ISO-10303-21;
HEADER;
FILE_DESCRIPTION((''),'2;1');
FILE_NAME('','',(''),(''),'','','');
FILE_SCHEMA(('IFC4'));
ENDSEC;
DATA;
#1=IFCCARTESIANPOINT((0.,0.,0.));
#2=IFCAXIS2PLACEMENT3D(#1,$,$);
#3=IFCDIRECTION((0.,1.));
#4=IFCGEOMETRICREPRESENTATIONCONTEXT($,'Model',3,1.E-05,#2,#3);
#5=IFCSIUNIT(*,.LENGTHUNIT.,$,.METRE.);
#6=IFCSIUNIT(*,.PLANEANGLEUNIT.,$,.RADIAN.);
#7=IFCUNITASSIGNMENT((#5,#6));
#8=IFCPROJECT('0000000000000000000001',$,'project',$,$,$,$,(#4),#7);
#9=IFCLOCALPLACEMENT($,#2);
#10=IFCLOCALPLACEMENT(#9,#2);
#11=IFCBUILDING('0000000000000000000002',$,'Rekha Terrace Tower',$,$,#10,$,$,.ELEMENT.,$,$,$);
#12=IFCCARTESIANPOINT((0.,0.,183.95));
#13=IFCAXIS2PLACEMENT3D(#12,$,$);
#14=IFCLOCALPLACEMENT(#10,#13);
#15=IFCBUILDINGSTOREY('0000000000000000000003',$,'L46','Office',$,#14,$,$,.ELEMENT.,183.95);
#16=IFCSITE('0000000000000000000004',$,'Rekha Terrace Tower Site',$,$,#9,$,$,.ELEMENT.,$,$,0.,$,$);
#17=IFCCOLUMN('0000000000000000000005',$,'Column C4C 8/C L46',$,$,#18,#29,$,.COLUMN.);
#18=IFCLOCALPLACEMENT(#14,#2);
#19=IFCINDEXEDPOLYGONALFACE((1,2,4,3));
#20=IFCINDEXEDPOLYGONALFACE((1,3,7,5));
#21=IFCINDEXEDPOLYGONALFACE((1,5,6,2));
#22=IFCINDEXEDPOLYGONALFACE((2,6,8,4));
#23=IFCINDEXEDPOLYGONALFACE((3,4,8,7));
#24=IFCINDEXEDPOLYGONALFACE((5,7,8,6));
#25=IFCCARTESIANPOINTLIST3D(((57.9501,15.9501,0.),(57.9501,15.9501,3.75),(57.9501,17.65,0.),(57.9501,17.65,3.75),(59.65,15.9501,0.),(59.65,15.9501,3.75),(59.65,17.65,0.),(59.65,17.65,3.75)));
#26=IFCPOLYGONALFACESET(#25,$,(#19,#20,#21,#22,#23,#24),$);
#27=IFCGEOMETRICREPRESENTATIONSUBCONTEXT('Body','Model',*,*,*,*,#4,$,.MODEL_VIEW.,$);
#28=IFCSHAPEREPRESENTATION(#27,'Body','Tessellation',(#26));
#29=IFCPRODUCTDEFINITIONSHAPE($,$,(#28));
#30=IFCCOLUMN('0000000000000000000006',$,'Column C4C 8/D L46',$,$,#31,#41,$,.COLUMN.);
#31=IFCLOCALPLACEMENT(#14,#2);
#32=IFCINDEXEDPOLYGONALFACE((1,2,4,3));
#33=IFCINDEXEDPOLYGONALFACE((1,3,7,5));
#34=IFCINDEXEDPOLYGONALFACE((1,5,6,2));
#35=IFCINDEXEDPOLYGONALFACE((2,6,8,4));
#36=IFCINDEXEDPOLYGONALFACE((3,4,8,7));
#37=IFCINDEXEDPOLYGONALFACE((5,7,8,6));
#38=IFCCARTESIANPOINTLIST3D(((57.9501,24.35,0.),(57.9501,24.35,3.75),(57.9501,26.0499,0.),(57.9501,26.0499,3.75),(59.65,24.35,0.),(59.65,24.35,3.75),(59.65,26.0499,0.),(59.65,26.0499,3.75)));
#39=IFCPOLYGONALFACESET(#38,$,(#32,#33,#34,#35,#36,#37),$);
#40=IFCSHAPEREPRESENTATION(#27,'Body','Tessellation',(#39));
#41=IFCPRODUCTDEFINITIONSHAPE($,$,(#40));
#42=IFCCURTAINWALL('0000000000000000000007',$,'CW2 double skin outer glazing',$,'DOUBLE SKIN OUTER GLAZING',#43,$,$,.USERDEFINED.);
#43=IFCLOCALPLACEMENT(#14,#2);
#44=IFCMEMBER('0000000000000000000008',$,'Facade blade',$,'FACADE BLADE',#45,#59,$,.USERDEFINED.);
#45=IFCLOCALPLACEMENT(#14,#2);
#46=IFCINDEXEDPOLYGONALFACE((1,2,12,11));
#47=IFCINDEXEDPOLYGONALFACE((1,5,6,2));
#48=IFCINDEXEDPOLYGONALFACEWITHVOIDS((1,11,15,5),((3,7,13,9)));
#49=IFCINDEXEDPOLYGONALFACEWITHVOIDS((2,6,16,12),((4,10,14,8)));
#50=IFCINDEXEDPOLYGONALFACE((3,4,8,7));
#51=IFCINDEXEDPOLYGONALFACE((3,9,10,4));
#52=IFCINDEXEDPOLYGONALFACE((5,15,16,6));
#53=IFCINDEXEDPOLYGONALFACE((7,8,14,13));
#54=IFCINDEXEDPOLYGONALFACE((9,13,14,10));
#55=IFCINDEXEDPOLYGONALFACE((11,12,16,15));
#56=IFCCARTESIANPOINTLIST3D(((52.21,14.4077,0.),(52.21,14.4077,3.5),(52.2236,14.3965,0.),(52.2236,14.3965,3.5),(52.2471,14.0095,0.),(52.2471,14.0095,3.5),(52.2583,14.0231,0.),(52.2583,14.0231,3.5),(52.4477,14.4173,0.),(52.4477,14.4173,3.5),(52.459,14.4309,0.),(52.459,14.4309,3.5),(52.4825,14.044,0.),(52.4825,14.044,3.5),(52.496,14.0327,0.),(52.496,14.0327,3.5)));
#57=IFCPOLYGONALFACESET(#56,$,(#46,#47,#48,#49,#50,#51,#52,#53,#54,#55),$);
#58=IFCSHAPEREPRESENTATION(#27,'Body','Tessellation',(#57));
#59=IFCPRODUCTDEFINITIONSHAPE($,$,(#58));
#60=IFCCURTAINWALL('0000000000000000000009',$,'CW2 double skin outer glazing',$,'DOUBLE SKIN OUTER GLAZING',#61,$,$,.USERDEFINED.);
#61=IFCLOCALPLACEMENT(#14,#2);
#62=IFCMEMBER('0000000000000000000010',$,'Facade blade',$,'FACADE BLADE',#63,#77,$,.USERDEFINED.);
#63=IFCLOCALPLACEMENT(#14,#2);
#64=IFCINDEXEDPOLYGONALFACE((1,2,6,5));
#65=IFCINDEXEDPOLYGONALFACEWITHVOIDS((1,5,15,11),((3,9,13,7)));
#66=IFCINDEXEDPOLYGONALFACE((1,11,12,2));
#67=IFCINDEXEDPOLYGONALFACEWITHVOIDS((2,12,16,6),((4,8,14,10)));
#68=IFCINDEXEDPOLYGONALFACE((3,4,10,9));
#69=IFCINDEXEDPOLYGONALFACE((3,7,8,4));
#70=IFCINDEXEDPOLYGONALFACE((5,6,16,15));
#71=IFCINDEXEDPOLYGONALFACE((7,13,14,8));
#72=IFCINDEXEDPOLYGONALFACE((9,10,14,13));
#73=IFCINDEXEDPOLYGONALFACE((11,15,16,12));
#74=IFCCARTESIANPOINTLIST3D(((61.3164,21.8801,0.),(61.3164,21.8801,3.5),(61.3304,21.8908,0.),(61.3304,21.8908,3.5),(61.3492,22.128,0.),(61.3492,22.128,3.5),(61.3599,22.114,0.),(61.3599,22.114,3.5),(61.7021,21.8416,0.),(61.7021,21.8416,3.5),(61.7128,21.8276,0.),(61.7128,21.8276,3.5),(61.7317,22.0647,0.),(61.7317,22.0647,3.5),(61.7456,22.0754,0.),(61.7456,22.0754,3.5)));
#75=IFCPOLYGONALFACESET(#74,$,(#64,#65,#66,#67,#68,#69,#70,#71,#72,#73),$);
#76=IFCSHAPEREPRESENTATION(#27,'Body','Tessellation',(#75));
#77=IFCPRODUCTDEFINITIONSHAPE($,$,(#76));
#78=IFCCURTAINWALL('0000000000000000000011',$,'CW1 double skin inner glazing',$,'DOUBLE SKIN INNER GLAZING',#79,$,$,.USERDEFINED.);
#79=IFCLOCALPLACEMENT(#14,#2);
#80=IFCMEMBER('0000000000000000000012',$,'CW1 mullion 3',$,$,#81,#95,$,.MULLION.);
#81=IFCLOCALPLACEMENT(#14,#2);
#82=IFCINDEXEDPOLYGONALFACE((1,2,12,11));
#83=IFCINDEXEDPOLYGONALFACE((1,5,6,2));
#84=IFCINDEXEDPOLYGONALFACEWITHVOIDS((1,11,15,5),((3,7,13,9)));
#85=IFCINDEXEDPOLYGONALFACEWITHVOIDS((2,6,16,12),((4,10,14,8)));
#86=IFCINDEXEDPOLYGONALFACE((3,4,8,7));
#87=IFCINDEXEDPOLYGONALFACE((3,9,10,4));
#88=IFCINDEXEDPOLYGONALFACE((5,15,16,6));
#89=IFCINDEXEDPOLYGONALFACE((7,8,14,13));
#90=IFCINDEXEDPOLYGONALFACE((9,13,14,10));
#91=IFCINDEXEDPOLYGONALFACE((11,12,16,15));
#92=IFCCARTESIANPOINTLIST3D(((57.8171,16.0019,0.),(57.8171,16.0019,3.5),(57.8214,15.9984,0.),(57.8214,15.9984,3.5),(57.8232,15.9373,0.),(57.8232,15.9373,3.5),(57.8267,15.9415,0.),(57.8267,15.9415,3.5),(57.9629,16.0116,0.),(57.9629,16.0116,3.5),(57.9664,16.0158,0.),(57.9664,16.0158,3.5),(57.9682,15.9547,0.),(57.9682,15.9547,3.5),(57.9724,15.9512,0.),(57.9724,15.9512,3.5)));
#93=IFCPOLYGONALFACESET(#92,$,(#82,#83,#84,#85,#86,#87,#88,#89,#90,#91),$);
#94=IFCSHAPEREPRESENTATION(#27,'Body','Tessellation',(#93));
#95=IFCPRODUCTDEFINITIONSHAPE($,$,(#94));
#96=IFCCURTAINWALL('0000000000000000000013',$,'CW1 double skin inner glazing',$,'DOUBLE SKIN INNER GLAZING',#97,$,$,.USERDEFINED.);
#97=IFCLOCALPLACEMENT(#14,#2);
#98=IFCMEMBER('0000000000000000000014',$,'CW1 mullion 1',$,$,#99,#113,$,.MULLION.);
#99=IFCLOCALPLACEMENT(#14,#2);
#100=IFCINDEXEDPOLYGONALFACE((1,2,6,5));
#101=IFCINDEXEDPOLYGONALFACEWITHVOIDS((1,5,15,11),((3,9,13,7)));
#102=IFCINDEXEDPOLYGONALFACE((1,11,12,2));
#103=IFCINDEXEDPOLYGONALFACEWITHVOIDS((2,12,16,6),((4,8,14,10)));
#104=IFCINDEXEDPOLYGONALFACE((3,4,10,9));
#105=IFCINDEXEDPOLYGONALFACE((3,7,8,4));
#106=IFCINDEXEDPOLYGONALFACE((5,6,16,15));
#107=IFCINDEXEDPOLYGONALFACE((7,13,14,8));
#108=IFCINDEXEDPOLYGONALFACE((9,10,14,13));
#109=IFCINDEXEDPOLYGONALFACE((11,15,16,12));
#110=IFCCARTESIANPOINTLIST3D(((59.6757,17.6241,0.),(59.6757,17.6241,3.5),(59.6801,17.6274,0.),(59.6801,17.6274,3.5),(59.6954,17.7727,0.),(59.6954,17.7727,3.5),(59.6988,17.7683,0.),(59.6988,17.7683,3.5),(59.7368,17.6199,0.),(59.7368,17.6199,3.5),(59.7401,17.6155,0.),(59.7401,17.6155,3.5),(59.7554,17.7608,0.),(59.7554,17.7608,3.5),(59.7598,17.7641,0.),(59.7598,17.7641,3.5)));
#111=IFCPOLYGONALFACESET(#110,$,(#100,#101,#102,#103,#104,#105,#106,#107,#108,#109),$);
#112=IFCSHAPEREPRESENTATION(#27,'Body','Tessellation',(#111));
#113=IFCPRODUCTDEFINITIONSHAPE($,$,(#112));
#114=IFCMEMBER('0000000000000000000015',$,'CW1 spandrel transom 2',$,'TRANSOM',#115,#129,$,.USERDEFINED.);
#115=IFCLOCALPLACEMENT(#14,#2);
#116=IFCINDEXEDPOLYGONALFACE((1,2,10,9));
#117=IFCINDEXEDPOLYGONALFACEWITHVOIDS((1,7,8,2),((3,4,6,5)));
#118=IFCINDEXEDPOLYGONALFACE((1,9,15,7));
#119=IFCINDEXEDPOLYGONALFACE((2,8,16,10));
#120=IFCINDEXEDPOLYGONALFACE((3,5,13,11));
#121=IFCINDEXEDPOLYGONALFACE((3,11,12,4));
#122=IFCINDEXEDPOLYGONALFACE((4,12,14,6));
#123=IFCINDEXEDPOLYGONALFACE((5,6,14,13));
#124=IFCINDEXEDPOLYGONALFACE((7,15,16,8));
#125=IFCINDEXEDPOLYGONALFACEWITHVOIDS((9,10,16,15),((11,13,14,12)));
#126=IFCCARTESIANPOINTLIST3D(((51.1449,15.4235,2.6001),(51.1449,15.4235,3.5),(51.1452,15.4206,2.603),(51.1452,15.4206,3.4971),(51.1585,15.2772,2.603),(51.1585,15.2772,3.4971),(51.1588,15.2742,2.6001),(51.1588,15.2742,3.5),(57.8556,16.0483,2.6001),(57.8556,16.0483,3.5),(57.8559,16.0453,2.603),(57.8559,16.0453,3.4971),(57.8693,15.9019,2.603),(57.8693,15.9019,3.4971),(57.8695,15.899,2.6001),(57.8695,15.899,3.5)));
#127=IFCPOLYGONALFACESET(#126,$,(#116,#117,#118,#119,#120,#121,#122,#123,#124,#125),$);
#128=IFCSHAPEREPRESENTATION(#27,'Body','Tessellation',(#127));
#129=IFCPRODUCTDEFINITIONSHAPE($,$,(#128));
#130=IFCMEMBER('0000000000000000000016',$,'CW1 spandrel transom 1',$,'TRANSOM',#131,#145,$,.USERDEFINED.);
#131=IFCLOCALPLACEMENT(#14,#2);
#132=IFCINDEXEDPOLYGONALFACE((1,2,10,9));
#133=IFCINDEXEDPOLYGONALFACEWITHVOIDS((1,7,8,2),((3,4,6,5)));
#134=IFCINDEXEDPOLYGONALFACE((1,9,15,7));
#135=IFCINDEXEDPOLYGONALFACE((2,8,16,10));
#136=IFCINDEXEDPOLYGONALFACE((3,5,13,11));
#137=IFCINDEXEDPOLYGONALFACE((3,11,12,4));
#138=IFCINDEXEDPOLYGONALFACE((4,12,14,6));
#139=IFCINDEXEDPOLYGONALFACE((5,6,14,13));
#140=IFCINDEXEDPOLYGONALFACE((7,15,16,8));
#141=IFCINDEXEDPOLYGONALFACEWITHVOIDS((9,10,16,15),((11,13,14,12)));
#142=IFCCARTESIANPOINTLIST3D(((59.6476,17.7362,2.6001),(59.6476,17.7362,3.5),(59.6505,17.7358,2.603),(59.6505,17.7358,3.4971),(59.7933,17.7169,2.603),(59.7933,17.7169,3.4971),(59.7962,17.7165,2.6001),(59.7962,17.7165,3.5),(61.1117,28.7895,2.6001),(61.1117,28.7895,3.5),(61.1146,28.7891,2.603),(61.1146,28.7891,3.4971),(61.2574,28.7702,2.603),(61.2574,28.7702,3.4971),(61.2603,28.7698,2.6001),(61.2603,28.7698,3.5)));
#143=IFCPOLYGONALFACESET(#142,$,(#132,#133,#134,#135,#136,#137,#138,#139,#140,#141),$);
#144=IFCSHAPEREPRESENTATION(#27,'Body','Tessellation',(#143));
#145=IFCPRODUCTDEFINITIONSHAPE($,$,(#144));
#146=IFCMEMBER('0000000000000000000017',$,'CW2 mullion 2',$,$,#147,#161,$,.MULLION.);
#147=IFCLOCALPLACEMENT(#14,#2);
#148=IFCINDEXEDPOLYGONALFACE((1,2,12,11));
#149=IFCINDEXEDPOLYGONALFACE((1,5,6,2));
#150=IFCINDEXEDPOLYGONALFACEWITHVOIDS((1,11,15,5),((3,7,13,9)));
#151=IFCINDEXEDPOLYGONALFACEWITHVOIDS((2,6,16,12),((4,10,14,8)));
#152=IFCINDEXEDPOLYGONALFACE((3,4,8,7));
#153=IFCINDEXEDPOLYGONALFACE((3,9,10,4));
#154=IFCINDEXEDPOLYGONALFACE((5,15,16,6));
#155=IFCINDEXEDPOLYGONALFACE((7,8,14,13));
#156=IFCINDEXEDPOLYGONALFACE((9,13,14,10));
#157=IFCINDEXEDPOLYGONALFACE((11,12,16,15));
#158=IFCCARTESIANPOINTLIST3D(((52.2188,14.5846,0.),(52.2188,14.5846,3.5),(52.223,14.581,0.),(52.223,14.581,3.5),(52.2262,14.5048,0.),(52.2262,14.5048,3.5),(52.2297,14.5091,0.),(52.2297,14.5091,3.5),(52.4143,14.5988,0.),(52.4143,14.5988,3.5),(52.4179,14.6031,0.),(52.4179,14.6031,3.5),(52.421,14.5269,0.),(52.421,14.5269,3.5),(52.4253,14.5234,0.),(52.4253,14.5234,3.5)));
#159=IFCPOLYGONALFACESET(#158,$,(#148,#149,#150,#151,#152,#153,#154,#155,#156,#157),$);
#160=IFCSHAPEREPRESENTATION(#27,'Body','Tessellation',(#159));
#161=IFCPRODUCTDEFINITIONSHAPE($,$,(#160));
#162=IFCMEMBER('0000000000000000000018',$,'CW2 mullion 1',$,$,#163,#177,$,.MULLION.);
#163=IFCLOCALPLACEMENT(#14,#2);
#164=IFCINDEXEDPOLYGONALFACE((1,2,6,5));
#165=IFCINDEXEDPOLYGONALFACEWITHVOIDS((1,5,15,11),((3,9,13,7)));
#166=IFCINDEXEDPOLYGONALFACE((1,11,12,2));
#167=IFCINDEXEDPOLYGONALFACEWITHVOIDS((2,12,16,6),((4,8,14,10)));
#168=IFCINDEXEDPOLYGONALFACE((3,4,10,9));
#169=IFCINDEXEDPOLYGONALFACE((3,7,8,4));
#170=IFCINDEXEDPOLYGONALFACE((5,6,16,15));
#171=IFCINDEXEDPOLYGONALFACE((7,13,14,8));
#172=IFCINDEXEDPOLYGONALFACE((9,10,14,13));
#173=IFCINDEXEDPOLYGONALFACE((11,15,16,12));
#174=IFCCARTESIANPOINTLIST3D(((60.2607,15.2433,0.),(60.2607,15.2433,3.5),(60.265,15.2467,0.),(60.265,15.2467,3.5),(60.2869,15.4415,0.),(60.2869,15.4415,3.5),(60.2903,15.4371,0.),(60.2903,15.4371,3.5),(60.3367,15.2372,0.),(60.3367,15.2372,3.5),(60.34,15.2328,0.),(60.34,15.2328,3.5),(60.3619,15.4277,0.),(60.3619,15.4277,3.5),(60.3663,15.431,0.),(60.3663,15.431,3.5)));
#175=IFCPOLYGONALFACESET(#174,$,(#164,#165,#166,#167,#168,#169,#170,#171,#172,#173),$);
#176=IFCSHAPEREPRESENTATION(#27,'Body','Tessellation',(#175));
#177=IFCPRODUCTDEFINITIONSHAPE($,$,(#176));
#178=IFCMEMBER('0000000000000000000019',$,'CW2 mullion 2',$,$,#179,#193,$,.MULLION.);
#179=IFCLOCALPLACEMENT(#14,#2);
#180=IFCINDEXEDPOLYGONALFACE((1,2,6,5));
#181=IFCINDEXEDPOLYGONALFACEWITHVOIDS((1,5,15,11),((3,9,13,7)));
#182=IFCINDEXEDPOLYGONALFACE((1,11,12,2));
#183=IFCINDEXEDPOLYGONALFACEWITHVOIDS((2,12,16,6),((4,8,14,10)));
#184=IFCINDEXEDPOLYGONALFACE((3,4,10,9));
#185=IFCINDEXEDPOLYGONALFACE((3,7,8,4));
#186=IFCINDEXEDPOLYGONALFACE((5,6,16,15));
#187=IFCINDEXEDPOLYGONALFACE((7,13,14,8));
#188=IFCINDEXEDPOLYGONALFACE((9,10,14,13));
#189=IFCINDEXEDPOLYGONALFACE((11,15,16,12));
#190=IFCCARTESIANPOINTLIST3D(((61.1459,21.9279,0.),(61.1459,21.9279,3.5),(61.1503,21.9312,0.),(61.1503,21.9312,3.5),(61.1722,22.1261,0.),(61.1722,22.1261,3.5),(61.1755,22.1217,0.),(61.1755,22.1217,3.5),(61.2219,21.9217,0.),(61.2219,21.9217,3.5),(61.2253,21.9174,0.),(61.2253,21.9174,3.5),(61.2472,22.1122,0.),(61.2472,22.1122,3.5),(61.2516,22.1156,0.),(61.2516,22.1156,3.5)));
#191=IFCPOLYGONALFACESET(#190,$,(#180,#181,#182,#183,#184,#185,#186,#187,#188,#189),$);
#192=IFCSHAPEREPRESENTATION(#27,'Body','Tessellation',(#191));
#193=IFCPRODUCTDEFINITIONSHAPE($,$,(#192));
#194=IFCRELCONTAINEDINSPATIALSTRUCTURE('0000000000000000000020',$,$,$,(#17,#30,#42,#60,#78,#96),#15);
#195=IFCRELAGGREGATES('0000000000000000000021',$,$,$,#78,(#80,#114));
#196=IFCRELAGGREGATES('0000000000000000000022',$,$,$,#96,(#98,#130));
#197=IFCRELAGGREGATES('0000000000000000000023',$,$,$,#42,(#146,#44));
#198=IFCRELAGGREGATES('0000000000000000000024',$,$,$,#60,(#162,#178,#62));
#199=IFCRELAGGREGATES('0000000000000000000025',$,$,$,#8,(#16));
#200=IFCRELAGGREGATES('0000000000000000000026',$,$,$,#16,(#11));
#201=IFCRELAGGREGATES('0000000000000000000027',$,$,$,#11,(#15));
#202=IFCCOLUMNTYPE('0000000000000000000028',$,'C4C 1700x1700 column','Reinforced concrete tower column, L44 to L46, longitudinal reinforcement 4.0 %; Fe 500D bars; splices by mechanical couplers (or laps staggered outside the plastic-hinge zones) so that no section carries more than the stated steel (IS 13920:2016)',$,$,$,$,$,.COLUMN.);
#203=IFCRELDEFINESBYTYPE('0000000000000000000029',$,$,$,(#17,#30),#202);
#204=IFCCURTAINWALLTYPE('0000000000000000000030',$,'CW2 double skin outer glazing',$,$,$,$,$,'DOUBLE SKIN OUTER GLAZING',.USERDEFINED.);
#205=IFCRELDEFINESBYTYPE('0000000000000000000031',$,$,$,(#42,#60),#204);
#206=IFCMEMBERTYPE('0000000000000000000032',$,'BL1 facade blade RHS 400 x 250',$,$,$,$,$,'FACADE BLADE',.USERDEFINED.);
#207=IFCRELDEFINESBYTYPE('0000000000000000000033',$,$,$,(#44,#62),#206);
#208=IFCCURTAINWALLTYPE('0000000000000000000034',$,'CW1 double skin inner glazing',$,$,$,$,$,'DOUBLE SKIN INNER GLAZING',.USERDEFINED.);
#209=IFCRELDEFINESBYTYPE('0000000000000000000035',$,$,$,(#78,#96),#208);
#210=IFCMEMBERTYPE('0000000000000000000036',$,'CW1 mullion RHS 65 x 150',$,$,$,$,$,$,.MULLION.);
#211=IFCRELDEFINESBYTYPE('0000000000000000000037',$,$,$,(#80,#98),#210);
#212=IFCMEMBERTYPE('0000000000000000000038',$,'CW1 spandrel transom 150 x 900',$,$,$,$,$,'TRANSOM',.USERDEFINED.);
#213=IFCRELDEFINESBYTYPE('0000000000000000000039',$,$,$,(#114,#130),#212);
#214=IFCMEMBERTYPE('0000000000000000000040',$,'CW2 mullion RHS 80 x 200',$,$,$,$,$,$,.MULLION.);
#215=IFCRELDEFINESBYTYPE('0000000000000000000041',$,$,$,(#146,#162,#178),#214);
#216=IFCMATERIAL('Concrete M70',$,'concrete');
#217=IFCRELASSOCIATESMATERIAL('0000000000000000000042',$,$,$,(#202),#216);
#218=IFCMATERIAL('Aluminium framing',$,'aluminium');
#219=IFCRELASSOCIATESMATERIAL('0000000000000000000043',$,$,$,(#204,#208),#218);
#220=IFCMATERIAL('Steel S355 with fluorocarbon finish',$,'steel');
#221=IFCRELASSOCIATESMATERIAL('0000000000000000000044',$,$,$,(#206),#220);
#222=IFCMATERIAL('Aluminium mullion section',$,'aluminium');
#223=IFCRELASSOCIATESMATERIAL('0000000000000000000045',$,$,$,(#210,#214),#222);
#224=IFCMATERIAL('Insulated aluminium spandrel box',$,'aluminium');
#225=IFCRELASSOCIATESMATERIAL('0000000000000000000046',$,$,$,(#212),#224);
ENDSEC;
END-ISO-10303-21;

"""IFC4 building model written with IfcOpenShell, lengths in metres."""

from ifc_helpers import new_model, si_unit, direction, frame, origin, origin_2d, place, context, subcontext, project, spatial, rectangle, hollow_rectangle, extrude, material, material_profile, profile_set, type_object, element, aggregate, save


model = new_model("IFC4")

# Units and contexts
model_context = context("Model", 3, precision=1e-05, world=origin(), true_north=direction((0.0, 1.0)))
body_context = subcontext(model_context, "Body", "Model", "MODEL_VIEW")
ifc_project = project(units=[si_unit("LENGTHUNIT", "METRE"), si_unit("PLANEANGLEUNIT", "RADIAN")], contexts=[model_context])

# Site, building, storey
site_placement = place(None, origin())
site = spatial("IfcSite", under=ifc_project, at=site_placement, Name="Rekha Terrace Tower Site", CompositionType="ELEMENT", RefElevation=0.0)
building_placement = place(site_placement, origin())
building = spatial("IfcBuilding", under=site, at=building_placement, Name="Rekha Terrace Tower", CompositionType="ELEMENT")
storey_placement = place(building_placement, frame((0.0, 0.0, 183.95)))
storey = spatial("IfcBuildingStorey", under=building, at=storey_placement, Name="L46", Description="Office", CompositionType="ELEMENT", Elevation=183.95)

# Columns
ifc_material_1 = material(Name="Concrete M70", Category="concrete")
ifc_material_profile_1 = material_profile(ifc_material_1, rectangle(XDim=1.7, YDim=1.7, at=origin_2d()), Name="RC 1700x1700")
ifc_profile_set_1 = profile_set([ifc_material_profile_1], Name="Concrete M70")
column_type = type_object("IfcColumnType", Name="C4C 1700x1700 column", Description="Reinforced concrete tower column, L44 to L46, longitudinal reinforcement 4.0 %; Fe 500D bars; splices by mechanical couplers (or laps staggered outside the plastic-hinge zones) so that no section carries more than the stated steel (IS 13920:2016)", PredefinedType="COLUMN", material=ifc_profile_set_1)
for number, where, z_axis, x_axis, name in (
    (1, (58.8, 16.8, 0.0), (0.0, 0.0, 1.0), (1.0, 0.0, 0.0), "Column C4C 8/C L46"),
    (2, (58.8, 25.2, 0.0), (0.0, 0.0, 1.0), (1.0, 0.0, 0.0), "Column C4C 8/D L46"),
):
    element("IfcColumn", number, at=place(storey_placement, frame(where, z_axis=z_axis, x_axis=x_axis)), inside=storey, type_object=column_type, Name=name, PredefinedType="COLUMN", context=body_context, shape_type="SweptSolid", body=[
        extrude(rectangle(XDim=1.7, YDim=1.7, at=origin_2d()), origin(), (0.0, 0.0, 1.0), 3.75),
    ])

# Curtain walls, members
ifc_material_2 = material(Name="Aluminium framing", Category="aluminium")
curtain_wall_type_1 = type_object("IfcCurtainWallType", Name="CW2 double skin outer glazing", ElementType="DOUBLE SKIN OUTER GLAZING", PredefinedType="USERDEFINED", material=ifc_material_2)
curtain_wall_1_placement = place(storey_placement, origin())
curtain_wall_1 = element("IfcCurtainWall", 3, at=curtain_wall_1_placement, inside=storey, type_object=curtain_wall_type_1, Name="CW2 double skin outer glazing", ObjectType="DOUBLE SKIN OUTER GLAZING", PredefinedType="USERDEFINED")
ifc_material_3 = material(Name="Steel S355 with fluorocarbon finish", Category="steel")
ifc_material_profile_2 = material_profile(ifc_material_3, hollow_rectangle(XDim=0.25, YDim=0.3999, WallThickness=0.0125, at=origin_2d()), Name="RHS400x250x12.5")
ifc_profile_set_2 = profile_set([ifc_material_profile_2], Name="Steel S355 with fluorocarbon finish")
member_type_1 = type_object("IfcMemberType", Name="BL1 facade blade RHS 400 x 250", ElementType="FACADE BLADE", PredefinedType="USERDEFINED", material=ifc_profile_set_2)
member_1_placement = place(storey_placement, frame((52.353, 14.2202, 0.0), z_axis=(0.0, 0.0, 1.0), x_axis=(0.995693, 0.092709, 0.0)))
member_1 = element("IfcMember", 4, at=member_1_placement, type_object=member_type_1, Name="Facade blade", ObjectType="FACADE BLADE", PredefinedType="USERDEFINED", context=body_context, shape_type="SweptSolid", body=[
    extrude(hollow_rectangle(XDim=0.25, YDim=0.3999, WallThickness=0.0125, at=origin_2d()), origin(), (0.0, 0.0, 1.0), 3.5),
])
curtain_wall_2_placement = place(storey_placement, origin())
curtain_wall_2 = element("IfcCurtainWall", 5, at=curtain_wall_2_placement, inside=storey, type_object=curtain_wall_type_1, Name="CW2 double skin outer glazing", ObjectType="DOUBLE SKIN OUTER GLAZING", PredefinedType="USERDEFINED")
member_2_placement = place(storey_placement, frame((61.531, 21.9778, 0.0), z_axis=(0.0, 0.0, 1.0), x_axis=(0.131303, 0.991342, 0.0)))
member_2 = element("IfcMember", 6, at=member_2_placement, type_object=member_type_1, Name="Facade blade", ObjectType="FACADE BLADE", PredefinedType="USERDEFINED", context=body_context, shape_type="SweptSolid", body=[
    extrude(hollow_rectangle(XDim=0.25, YDim=0.3999, WallThickness=0.0125, at=origin_2d()), origin(), (0.0, 0.0, 1.0), 3.5),
])
curtain_wall_type_2 = type_object("IfcCurtainWallType", Name="CW1 double skin inner glazing", ElementType="DOUBLE SKIN INNER GLAZING", PredefinedType="USERDEFINED", material=ifc_material_2)
curtain_wall_3_placement = place(storey_placement, origin())
curtain_wall_3 = element("IfcCurtainWall", 7, at=curtain_wall_3_placement, inside=storey, type_object=curtain_wall_type_2, Name="CW1 double skin inner glazing", ObjectType="DOUBLE SKIN INNER GLAZING", PredefinedType="USERDEFINED")
ifc_material_4 = material(Name="Aluminium mullion section", Category="aluminium")
ifc_material_profile_3 = material_profile(ifc_material_4, hollow_rectangle(XDim=0.0649, YDim=0.1499, WallThickness=0.0039, at=origin_2d()), Name="AL RHS 65x150")
ifc_profile_set_3 = profile_set([ifc_material_profile_3], Name="Aluminium mullion section")
member_type_2 = type_object("IfcMemberType", Name="CW1 mullion RHS 65 x 150", PredefinedType="MULLION", material=ifc_profile_set_3)
member_3_placement = place(storey_placement, frame((57.8948, 15.9766, 0.0), z_axis=(0.0, 0.0, 1.0), x_axis=(-0.092709, 0.995693, 0.0)))
member_3 = element("IfcMember", 8, at=member_3_placement, type_object=member_type_2, Name="CW1 mullion 3", PredefinedType="MULLION", context=body_context, shape_type="SweptSolid", body=[
    extrude(hollow_rectangle(XDim=0.0649, YDim=0.1499, WallThickness=0.0039, at=origin_2d()), origin(), (0.0, 0.0, 1.0), 3.5),
])
curtain_wall_4_placement = place(storey_placement, origin())
curtain_wall_4 = element("IfcCurtainWall", 9, at=curtain_wall_4_placement, inside=storey, type_object=curtain_wall_type_2, Name="CW1 double skin inner glazing", ObjectType="DOUBLE SKIN INNER GLAZING", PredefinedType="USERDEFINED")
member_4_placement = place(storey_placement, frame((59.7178, 17.6941, 0.0), z_axis=(0.0, 0.0, 1.0), x_axis=(-0.991342, 0.131304, 0.0)))
member_4 = element("IfcMember", 10, at=member_4_placement, type_object=member_type_2, Name="CW1 mullion 1", PredefinedType="MULLION", context=body_context, shape_type="SweptSolid", body=[
    extrude(hollow_rectangle(XDim=0.0649, YDim=0.1499, WallThickness=0.0039, at=origin_2d()), origin(), (0.0, 0.0, 1.0), 3.5),
])

# Members
ifc_material_5 = material(Name="Insulated aluminium spandrel box", Category="aluminium")
ifc_material_profile_4 = material_profile(ifc_material_5, hollow_rectangle(XDim=0.1499, YDim=0.8999, WallThickness=0.0029, at=origin_2d()), Name="AL SPANDREL BOX 150x900")
ifc_profile_set_4 = profile_set([ifc_material_profile_4], Name="Insulated aluminium spandrel box")
member_type_3 = type_object("IfcMemberType", Name="CW1 spandrel transom 150 x 900", ElementType="TRANSOM", PredefinedType="USERDEFINED", material=ifc_profile_set_4)
member_5_placement = place(storey_placement, frame((51.1519, 15.3489, 3.05), z_axis=(0.995694, 0.092698, 0.0), x_axis=(-0.092698, 0.995694, 0.0)))
member_5 = element("IfcMember", 11, at=member_5_placement, type_object=member_type_3, Name="CW1 spandrel transom 2", ObjectType="TRANSOM", PredefinedType="USERDEFINED", context=body_context, shape_type="SweptSolid", body=[
    extrude(hollow_rectangle(XDim=0.1499, YDim=0.8999, WallThickness=0.0029, at=origin_2d()), origin(), (0.0, 0.0, 1.0), 6.7397),
])
member_6_placement = place(storey_placement, frame((59.7219, 17.7263, 3.05), z_axis=(0.13131, 0.991341, 0.0), x_axis=(-0.991341, 0.13131, 0.0)))
member_6 = element("IfcMember", 12, at=member_6_placement, type_object=member_type_3, Name="CW1 spandrel transom 1", ObjectType="TRANSOM", PredefinedType="USERDEFINED", context=body_context, shape_type="SweptSolid", body=[
    extrude(hollow_rectangle(XDim=0.1499, YDim=0.8999, WallThickness=0.0029, at=origin_2d()), origin(), (0.0, 0.0, 1.0), 11.1499),
])
ifc_material_profile_5 = material_profile(ifc_material_4, hollow_rectangle(XDim=0.0801, YDim=0.2, WallThickness=0.0039, at=origin_2d()), Name="AL RHS 80x200")
ifc_profile_set_5 = profile_set([ifc_material_profile_5], Name="Aluminium mullion section")
member_type_4 = type_object("IfcMemberType", Name="CW2 mullion RHS 80 x 200", PredefinedType="MULLION", material=ifc_profile_set_5)
member_7_placement = place(storey_placement, frame((52.322, 14.554, 0.0), z_axis=(0.0, 0.0, 1.0), x_axis=(-0.092709, 0.995693, 0.0)))
member_7 = element("IfcMember", 13, at=member_7_placement, type_object=member_type_4, Name="CW2 mullion 2", PredefinedType="MULLION", context=body_context, shape_type="SweptSolid", body=[
    extrude(hollow_rectangle(XDim=0.0801, YDim=0.2, WallThickness=0.0039, at=origin_2d()), origin(), (0.0, 0.0, 1.0), 3.5),
])
member_8_placement = place(storey_placement, frame((60.3135, 15.3372, 0.0), z_axis=(0.0, 0.0, 1.0), x_axis=(-0.991342, 0.131304, 0.0)))
member_8 = element("IfcMember", 14, at=member_8_placement, type_object=member_type_4, Name="CW2 mullion 1", PredefinedType="MULLION", context=body_context, shape_type="SweptSolid", body=[
    extrude(hollow_rectangle(XDim=0.0801, YDim=0.2, WallThickness=0.0039, at=origin_2d()), origin(), (0.0, 0.0, 1.0), 3.5),
])
member_9_placement = place(storey_placement, frame((61.1987, 22.0217, 0.0), z_axis=(0.0, 0.0, 1.0), x_axis=(-0.991342, 0.131304, 0.0)))
member_9 = element("IfcMember", 15, at=member_9_placement, type_object=member_type_4, Name="CW2 mullion 2", PredefinedType="MULLION", context=body_context, shape_type="SweptSolid", body=[
    extrude(hollow_rectangle(XDim=0.0801, YDim=0.2, WallThickness=0.0039, at=origin_2d()), origin(), (0.0, 0.0, 1.0), 3.5),
])

aggregate(curtain_wall_3, [member_3, member_5])
aggregate(curtain_wall_4, [member_4, member_6])
aggregate(curtain_wall_1, [member_7, member_1])
aggregate(curtain_wall_2, [member_8, member_9, member_2])

save(model, "model.ifc")
